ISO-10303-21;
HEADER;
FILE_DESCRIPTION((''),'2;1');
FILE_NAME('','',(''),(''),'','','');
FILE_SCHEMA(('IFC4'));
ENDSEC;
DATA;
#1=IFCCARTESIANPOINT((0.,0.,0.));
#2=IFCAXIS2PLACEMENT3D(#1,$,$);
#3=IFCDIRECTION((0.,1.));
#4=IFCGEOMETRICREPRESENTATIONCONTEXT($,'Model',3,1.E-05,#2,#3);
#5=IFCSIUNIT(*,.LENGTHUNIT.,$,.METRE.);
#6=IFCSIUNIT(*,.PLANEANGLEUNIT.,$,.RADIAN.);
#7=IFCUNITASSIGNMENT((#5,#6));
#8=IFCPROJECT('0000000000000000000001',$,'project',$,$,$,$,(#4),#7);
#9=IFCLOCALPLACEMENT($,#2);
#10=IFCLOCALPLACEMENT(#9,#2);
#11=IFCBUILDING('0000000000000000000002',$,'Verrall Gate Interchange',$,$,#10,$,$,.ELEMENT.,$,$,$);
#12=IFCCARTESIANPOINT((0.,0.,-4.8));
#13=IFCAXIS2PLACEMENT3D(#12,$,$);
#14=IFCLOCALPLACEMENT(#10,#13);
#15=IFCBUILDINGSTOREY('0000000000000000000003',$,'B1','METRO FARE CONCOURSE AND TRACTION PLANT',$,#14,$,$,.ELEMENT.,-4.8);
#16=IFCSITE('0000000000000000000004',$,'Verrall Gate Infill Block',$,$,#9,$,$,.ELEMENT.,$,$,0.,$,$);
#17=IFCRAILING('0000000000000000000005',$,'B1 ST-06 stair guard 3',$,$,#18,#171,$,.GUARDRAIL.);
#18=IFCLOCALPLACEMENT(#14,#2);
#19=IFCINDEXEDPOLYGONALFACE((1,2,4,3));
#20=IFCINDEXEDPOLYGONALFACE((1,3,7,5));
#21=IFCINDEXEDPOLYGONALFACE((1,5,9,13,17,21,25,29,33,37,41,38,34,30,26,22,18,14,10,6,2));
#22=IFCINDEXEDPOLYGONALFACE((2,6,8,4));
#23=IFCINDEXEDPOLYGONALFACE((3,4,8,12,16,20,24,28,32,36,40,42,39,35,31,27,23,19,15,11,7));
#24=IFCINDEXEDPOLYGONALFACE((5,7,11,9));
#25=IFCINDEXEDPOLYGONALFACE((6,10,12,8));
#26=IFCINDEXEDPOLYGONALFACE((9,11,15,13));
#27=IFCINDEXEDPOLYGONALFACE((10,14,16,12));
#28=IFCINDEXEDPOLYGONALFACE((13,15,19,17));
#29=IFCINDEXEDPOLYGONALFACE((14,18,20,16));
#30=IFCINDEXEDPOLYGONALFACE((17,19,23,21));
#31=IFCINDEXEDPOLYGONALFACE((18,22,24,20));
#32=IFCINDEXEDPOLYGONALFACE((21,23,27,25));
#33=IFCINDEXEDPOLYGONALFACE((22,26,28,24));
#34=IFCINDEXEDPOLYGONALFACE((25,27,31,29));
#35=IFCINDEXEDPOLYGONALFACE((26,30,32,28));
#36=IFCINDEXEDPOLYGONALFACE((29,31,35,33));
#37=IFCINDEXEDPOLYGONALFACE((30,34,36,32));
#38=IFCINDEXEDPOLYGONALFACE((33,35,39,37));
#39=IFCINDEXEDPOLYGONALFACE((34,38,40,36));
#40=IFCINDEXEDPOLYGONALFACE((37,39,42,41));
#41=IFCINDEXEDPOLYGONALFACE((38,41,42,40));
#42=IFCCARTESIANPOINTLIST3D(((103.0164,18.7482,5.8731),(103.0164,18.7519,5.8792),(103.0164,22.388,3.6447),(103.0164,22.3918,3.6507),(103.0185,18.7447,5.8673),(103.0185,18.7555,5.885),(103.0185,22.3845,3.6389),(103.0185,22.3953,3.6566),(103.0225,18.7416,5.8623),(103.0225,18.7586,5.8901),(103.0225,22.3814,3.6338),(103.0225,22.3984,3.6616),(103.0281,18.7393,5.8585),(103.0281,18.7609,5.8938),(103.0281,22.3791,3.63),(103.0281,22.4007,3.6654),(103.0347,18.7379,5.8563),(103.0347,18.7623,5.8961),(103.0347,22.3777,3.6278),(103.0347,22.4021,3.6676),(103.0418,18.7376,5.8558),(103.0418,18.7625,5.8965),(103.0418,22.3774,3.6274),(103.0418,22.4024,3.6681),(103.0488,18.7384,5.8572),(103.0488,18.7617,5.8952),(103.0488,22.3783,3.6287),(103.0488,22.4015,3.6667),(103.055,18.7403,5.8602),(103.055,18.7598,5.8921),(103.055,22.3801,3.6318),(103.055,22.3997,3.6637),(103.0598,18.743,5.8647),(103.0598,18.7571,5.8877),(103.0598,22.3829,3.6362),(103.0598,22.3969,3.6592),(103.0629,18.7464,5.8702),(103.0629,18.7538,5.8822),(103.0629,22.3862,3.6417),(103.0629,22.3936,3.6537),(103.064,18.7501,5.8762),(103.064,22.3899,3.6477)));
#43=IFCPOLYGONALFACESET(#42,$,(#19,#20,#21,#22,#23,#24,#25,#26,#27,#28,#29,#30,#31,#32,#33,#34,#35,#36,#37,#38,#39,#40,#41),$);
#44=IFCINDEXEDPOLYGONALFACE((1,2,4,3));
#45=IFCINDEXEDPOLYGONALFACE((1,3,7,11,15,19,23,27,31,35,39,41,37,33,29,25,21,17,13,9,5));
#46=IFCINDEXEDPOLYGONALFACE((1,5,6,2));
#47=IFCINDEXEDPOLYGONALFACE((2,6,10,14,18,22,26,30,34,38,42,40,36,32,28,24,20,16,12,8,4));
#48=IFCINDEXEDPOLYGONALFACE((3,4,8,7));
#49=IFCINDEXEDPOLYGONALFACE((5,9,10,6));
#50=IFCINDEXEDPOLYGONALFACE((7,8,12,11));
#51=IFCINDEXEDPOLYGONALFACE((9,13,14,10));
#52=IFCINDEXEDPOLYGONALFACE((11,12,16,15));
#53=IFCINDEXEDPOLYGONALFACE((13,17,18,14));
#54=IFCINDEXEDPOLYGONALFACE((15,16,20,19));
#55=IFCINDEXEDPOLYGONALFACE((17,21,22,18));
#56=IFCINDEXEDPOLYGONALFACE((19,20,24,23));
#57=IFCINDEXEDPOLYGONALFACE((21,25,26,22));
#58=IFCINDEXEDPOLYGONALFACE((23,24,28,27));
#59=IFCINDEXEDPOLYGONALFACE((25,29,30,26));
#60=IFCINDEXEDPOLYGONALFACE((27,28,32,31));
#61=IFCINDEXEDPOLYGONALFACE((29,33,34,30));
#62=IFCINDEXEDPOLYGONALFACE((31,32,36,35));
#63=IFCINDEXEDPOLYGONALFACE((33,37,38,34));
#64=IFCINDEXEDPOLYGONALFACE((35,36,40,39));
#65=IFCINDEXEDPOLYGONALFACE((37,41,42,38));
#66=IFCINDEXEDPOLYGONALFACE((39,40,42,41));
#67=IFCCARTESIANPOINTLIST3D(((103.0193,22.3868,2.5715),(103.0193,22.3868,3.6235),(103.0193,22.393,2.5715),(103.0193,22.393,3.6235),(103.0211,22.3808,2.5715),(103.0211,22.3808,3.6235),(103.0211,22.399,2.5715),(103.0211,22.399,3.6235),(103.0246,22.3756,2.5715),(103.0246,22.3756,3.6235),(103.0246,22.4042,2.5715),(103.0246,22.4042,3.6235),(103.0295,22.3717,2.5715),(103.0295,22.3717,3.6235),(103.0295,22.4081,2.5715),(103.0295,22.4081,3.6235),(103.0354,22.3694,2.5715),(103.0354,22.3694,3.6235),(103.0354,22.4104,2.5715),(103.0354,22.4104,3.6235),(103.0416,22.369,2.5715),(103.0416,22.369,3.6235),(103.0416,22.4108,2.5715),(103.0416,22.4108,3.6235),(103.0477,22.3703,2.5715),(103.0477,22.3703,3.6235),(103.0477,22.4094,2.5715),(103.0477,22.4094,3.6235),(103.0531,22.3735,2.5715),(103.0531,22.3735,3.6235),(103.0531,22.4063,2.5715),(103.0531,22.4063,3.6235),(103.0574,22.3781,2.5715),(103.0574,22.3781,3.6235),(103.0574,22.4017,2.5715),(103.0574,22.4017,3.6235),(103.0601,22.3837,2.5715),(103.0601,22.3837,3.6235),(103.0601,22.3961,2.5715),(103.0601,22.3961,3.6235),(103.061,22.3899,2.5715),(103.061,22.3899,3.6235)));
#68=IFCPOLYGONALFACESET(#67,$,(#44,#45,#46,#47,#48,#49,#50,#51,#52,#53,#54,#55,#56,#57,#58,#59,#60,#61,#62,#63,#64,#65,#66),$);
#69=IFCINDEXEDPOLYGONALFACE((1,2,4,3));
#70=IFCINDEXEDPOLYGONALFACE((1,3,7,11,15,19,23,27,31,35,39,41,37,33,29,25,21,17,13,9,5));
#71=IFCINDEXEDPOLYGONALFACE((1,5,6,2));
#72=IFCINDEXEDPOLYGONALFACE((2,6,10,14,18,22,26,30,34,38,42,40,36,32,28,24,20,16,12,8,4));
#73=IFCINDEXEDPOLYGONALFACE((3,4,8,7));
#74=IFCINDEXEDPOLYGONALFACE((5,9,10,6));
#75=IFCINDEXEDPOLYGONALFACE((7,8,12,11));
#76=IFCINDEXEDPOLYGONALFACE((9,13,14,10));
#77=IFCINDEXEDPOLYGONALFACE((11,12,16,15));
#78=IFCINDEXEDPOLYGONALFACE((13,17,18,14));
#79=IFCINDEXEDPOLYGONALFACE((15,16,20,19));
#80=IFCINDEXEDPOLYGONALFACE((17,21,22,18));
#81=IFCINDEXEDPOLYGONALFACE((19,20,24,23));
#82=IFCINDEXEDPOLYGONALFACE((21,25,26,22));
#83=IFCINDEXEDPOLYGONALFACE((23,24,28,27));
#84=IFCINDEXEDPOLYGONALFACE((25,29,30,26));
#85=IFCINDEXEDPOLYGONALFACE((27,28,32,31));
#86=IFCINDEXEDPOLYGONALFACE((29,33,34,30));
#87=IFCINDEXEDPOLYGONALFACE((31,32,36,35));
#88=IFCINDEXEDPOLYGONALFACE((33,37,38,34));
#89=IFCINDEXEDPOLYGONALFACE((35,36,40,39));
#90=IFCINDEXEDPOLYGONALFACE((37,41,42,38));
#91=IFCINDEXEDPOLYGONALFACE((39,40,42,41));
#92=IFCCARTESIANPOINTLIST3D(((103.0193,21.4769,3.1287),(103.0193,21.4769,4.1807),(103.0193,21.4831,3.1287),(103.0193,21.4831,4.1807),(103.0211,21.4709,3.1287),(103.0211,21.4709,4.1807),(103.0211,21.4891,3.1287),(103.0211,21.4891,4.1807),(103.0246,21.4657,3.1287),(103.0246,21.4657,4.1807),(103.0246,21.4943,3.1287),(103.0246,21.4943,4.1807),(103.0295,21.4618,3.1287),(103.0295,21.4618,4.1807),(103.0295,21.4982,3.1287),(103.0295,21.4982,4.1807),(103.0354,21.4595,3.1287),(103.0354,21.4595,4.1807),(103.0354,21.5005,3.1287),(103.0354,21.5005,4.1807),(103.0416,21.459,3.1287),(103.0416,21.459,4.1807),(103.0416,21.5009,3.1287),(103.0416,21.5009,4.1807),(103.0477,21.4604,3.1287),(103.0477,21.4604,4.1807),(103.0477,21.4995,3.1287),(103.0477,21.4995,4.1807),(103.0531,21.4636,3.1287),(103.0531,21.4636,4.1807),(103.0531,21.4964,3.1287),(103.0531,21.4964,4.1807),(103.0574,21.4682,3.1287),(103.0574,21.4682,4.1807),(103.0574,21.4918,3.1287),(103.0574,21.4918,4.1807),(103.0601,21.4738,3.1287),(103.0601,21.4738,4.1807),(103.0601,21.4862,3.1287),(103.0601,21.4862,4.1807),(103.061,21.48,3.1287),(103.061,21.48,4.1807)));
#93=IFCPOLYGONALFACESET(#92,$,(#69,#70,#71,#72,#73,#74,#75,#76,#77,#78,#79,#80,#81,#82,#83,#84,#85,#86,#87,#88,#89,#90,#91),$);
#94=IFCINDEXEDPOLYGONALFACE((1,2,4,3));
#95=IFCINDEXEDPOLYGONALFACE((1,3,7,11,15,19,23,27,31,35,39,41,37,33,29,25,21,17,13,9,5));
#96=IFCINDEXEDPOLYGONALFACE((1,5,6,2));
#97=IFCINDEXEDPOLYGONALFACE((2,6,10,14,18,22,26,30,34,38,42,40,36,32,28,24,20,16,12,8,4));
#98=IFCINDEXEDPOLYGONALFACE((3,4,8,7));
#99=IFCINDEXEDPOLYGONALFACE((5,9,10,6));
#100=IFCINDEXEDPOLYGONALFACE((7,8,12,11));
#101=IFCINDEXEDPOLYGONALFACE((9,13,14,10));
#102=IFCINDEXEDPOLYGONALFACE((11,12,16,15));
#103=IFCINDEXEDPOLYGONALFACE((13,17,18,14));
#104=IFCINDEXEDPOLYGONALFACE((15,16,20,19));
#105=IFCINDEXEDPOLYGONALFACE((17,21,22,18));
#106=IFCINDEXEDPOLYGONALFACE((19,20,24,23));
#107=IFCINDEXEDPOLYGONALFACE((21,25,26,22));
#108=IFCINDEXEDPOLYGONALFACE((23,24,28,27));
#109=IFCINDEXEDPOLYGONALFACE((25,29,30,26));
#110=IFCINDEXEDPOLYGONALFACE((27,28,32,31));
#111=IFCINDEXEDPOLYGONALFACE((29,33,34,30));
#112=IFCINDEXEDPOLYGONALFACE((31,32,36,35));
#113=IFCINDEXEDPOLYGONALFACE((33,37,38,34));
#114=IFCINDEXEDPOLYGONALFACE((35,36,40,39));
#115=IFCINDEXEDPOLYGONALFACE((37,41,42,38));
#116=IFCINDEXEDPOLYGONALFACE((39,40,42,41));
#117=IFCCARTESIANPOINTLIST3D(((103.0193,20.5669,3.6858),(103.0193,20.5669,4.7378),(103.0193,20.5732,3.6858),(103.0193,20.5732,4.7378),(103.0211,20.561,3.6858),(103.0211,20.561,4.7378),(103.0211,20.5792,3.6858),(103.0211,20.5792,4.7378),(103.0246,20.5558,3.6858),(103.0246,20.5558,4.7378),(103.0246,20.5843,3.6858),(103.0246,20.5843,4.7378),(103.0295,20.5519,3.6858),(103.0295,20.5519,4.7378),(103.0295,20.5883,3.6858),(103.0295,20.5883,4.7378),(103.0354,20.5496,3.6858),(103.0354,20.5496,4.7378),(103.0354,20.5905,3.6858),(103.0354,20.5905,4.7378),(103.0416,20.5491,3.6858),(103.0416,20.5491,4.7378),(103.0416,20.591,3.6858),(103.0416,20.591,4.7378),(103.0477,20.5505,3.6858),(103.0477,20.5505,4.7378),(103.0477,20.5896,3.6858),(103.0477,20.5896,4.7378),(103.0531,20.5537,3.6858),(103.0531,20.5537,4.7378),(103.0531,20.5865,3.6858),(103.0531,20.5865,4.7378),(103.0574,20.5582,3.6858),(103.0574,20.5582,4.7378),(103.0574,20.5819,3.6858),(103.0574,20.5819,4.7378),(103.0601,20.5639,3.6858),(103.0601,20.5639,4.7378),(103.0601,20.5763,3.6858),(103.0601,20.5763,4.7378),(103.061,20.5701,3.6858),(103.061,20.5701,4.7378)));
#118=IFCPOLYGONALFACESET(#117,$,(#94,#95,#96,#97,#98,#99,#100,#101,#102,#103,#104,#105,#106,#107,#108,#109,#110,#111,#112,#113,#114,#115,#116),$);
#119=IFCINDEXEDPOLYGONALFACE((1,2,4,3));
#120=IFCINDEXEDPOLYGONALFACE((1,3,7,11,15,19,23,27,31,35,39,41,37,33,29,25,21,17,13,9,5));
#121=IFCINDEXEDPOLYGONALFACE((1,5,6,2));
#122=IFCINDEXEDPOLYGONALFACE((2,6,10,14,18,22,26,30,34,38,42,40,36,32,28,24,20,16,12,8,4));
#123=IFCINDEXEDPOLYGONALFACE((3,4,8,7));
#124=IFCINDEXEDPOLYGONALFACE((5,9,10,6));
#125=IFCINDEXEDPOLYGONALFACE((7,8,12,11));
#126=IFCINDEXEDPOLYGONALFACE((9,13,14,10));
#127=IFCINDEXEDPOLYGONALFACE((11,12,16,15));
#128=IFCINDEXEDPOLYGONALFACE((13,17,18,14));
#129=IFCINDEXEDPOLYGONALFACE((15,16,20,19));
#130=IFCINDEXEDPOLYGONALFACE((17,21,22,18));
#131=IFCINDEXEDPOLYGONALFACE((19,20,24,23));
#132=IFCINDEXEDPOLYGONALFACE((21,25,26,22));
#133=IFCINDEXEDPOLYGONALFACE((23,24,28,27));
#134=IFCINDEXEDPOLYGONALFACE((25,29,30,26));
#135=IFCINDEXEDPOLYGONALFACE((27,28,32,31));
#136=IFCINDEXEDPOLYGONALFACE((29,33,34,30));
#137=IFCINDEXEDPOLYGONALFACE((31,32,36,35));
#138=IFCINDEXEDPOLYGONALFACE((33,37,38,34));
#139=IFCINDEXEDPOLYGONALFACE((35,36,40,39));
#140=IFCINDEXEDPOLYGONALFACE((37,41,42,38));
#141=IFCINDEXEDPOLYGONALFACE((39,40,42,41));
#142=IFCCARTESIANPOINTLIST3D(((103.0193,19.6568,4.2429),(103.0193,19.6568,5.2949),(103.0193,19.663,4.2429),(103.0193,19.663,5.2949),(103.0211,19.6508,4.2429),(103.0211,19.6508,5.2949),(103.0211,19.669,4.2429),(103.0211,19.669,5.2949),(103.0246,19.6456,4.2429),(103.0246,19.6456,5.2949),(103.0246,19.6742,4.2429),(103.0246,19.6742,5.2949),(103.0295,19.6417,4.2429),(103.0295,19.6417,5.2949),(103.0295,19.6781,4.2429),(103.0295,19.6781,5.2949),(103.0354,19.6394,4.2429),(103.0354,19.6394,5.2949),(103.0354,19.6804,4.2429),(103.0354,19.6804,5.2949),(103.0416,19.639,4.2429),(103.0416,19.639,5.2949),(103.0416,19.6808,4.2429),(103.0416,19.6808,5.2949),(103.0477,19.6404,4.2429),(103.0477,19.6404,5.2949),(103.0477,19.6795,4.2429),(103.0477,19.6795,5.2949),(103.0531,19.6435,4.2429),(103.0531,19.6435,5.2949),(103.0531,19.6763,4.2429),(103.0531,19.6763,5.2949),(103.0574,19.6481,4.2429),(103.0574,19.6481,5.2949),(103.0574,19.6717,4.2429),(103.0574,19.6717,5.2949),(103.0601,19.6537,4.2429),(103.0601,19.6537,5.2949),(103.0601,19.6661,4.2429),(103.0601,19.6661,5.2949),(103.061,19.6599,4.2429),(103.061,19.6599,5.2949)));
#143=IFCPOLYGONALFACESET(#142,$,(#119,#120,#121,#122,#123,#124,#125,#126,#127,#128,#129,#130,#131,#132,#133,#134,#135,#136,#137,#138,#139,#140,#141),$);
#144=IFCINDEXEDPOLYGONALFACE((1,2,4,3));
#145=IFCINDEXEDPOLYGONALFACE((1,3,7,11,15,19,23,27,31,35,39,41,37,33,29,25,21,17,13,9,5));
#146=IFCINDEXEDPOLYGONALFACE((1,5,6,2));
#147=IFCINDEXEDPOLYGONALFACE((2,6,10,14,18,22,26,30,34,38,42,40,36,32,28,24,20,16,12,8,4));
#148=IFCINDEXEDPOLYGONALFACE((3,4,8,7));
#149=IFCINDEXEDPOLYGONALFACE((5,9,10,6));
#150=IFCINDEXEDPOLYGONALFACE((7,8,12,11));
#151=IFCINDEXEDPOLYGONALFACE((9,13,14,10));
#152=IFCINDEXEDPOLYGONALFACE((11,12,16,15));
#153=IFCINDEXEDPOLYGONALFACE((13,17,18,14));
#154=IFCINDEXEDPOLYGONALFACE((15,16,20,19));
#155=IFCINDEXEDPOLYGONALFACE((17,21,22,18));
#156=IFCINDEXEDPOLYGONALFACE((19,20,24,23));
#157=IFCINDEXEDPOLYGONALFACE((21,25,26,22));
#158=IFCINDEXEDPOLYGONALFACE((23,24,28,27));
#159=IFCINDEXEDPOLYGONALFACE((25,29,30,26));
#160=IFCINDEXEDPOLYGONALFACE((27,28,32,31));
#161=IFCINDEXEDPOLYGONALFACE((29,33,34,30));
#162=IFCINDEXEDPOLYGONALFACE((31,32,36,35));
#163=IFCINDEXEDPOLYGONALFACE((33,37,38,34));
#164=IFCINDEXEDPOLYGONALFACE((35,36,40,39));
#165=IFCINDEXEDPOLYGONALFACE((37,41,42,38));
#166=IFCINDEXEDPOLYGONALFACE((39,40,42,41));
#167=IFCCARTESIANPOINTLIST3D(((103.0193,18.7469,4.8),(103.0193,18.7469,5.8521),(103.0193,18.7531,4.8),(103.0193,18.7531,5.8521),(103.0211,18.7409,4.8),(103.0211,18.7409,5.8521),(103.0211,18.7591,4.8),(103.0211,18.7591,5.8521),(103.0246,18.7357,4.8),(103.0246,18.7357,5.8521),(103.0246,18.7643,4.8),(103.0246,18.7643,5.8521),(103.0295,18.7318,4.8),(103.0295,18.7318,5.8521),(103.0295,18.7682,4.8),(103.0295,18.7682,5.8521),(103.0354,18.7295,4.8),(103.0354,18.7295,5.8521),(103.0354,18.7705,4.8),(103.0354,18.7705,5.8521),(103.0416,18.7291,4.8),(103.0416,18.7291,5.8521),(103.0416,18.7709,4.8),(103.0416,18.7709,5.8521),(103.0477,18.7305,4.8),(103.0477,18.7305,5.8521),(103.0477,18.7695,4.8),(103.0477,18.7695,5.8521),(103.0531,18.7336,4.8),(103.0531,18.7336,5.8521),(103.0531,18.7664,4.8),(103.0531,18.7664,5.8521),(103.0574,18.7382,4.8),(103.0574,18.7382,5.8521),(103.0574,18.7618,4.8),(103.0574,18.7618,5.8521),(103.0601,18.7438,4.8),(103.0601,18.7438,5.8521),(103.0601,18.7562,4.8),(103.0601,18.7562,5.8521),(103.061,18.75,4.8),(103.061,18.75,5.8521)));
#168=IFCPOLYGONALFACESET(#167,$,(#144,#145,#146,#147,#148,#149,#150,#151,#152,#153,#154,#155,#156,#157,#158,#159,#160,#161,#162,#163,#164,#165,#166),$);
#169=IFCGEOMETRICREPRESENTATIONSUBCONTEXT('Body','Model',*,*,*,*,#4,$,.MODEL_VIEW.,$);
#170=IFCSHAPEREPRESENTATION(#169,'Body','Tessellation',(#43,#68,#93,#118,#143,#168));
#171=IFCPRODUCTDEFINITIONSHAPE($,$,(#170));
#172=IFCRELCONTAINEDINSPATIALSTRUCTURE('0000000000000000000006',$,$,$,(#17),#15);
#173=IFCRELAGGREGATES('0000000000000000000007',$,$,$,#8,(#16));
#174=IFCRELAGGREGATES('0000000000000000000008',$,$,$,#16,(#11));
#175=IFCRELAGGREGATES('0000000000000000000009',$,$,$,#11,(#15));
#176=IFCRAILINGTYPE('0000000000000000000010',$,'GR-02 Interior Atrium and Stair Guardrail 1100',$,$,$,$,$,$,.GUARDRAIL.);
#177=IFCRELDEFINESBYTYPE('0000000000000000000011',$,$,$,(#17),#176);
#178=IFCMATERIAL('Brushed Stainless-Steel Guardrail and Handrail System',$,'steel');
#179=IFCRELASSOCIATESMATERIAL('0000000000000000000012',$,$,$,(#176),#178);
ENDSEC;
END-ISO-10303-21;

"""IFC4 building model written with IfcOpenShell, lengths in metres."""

from ifc_helpers import new_model, si_unit, direction, frame, origin, origin_2d, place, context, subcontext, project, spatial, circle, extrude, material, type_object, element, save


model = new_model("IFC4")

# Units and contexts
model_context = context("Model", 3, precision=1e-05, world=origin(), true_north=direction((0.0, 1.0)))
body_context = subcontext(model_context, "Body", "Model", "MODEL_VIEW")
ifc_project = project(units=[si_unit("LENGTHUNIT", "METRE"), si_unit("PLANEANGLEUNIT", "RADIAN")], contexts=[model_context])

# Site, building, storey
site_placement = place(None, origin())
site = spatial("IfcSite", under=ifc_project, at=site_placement, Name="Verrall Gate Infill Block", CompositionType="ELEMENT", RefElevation=0.0)
building_placement = place(site_placement, origin())
building = spatial("IfcBuilding", under=site, at=building_placement, Name="Verrall Gate Interchange", CompositionType="ELEMENT")
storey_placement = place(building_placement, frame((0.0, 0.0, -4.8)))
storey = spatial("IfcBuildingStorey", under=building, at=storey_placement, Name="B1", Description="METRO FARE CONCOURSE AND TRACTION PLANT", CompositionType="ELEMENT", Elevation=-4.8)

# Railing
ifc_material_1 = material(Name="Brushed Stainless-Steel Guardrail and Handrail System", Category="steel")
railing_type_1 = type_object("IfcRailingType", Name="GR-02 Interior Atrium and Stair Guardrail 1100", PredefinedType="GUARDRAIL", material=ifc_material_1)
railing_1_placement = place(storey_placement, frame((103.04, 22.3899, 2.5715)))
element("IfcRailing", 1, at=railing_1_placement, inside=storey, type_object=railing_type_1, Name="B1 ST-06 stair guard 3", PredefinedType="GUARDRAIL", context=body_context, shape_type="SweptSolid", body=[
    extrude(circle(Radius=0.0239, at=origin_2d()), frame((0.0, 0.0, 1.0762), z_axis=(0.0, -0.85285, 0.522156), x_axis=(1.0, 0.0, 0.0)), (0.0, 0.0, 1.0), 4.2678),
    extrude(circle(Radius=0.021, at=origin_2d()), origin(), (0.0, 0.0, 1.0), 1.052),
    extrude(circle(Radius=0.021, at=origin_2d()), frame((0.0, -0.9099, 0.5571)), (0.0, 0.0, 1.0), 1.052),
    extrude(circle(Radius=0.021, at=origin_2d()), frame((0.0, -1.8198, 1.1143)), (0.0, 0.0, 1.0), 1.052),
    extrude(circle(Radius=0.021, at=origin_2d()), frame((0.0, -2.73, 1.6714)), (0.0, 0.0, 1.0), 1.052),
    extrude(circle(Radius=0.021, at=origin_2d()), frame((0.0, -3.6399, 2.2285)), (0.0, 0.0, 1.0), 1.052),
])

save(model, "model.ifc")
